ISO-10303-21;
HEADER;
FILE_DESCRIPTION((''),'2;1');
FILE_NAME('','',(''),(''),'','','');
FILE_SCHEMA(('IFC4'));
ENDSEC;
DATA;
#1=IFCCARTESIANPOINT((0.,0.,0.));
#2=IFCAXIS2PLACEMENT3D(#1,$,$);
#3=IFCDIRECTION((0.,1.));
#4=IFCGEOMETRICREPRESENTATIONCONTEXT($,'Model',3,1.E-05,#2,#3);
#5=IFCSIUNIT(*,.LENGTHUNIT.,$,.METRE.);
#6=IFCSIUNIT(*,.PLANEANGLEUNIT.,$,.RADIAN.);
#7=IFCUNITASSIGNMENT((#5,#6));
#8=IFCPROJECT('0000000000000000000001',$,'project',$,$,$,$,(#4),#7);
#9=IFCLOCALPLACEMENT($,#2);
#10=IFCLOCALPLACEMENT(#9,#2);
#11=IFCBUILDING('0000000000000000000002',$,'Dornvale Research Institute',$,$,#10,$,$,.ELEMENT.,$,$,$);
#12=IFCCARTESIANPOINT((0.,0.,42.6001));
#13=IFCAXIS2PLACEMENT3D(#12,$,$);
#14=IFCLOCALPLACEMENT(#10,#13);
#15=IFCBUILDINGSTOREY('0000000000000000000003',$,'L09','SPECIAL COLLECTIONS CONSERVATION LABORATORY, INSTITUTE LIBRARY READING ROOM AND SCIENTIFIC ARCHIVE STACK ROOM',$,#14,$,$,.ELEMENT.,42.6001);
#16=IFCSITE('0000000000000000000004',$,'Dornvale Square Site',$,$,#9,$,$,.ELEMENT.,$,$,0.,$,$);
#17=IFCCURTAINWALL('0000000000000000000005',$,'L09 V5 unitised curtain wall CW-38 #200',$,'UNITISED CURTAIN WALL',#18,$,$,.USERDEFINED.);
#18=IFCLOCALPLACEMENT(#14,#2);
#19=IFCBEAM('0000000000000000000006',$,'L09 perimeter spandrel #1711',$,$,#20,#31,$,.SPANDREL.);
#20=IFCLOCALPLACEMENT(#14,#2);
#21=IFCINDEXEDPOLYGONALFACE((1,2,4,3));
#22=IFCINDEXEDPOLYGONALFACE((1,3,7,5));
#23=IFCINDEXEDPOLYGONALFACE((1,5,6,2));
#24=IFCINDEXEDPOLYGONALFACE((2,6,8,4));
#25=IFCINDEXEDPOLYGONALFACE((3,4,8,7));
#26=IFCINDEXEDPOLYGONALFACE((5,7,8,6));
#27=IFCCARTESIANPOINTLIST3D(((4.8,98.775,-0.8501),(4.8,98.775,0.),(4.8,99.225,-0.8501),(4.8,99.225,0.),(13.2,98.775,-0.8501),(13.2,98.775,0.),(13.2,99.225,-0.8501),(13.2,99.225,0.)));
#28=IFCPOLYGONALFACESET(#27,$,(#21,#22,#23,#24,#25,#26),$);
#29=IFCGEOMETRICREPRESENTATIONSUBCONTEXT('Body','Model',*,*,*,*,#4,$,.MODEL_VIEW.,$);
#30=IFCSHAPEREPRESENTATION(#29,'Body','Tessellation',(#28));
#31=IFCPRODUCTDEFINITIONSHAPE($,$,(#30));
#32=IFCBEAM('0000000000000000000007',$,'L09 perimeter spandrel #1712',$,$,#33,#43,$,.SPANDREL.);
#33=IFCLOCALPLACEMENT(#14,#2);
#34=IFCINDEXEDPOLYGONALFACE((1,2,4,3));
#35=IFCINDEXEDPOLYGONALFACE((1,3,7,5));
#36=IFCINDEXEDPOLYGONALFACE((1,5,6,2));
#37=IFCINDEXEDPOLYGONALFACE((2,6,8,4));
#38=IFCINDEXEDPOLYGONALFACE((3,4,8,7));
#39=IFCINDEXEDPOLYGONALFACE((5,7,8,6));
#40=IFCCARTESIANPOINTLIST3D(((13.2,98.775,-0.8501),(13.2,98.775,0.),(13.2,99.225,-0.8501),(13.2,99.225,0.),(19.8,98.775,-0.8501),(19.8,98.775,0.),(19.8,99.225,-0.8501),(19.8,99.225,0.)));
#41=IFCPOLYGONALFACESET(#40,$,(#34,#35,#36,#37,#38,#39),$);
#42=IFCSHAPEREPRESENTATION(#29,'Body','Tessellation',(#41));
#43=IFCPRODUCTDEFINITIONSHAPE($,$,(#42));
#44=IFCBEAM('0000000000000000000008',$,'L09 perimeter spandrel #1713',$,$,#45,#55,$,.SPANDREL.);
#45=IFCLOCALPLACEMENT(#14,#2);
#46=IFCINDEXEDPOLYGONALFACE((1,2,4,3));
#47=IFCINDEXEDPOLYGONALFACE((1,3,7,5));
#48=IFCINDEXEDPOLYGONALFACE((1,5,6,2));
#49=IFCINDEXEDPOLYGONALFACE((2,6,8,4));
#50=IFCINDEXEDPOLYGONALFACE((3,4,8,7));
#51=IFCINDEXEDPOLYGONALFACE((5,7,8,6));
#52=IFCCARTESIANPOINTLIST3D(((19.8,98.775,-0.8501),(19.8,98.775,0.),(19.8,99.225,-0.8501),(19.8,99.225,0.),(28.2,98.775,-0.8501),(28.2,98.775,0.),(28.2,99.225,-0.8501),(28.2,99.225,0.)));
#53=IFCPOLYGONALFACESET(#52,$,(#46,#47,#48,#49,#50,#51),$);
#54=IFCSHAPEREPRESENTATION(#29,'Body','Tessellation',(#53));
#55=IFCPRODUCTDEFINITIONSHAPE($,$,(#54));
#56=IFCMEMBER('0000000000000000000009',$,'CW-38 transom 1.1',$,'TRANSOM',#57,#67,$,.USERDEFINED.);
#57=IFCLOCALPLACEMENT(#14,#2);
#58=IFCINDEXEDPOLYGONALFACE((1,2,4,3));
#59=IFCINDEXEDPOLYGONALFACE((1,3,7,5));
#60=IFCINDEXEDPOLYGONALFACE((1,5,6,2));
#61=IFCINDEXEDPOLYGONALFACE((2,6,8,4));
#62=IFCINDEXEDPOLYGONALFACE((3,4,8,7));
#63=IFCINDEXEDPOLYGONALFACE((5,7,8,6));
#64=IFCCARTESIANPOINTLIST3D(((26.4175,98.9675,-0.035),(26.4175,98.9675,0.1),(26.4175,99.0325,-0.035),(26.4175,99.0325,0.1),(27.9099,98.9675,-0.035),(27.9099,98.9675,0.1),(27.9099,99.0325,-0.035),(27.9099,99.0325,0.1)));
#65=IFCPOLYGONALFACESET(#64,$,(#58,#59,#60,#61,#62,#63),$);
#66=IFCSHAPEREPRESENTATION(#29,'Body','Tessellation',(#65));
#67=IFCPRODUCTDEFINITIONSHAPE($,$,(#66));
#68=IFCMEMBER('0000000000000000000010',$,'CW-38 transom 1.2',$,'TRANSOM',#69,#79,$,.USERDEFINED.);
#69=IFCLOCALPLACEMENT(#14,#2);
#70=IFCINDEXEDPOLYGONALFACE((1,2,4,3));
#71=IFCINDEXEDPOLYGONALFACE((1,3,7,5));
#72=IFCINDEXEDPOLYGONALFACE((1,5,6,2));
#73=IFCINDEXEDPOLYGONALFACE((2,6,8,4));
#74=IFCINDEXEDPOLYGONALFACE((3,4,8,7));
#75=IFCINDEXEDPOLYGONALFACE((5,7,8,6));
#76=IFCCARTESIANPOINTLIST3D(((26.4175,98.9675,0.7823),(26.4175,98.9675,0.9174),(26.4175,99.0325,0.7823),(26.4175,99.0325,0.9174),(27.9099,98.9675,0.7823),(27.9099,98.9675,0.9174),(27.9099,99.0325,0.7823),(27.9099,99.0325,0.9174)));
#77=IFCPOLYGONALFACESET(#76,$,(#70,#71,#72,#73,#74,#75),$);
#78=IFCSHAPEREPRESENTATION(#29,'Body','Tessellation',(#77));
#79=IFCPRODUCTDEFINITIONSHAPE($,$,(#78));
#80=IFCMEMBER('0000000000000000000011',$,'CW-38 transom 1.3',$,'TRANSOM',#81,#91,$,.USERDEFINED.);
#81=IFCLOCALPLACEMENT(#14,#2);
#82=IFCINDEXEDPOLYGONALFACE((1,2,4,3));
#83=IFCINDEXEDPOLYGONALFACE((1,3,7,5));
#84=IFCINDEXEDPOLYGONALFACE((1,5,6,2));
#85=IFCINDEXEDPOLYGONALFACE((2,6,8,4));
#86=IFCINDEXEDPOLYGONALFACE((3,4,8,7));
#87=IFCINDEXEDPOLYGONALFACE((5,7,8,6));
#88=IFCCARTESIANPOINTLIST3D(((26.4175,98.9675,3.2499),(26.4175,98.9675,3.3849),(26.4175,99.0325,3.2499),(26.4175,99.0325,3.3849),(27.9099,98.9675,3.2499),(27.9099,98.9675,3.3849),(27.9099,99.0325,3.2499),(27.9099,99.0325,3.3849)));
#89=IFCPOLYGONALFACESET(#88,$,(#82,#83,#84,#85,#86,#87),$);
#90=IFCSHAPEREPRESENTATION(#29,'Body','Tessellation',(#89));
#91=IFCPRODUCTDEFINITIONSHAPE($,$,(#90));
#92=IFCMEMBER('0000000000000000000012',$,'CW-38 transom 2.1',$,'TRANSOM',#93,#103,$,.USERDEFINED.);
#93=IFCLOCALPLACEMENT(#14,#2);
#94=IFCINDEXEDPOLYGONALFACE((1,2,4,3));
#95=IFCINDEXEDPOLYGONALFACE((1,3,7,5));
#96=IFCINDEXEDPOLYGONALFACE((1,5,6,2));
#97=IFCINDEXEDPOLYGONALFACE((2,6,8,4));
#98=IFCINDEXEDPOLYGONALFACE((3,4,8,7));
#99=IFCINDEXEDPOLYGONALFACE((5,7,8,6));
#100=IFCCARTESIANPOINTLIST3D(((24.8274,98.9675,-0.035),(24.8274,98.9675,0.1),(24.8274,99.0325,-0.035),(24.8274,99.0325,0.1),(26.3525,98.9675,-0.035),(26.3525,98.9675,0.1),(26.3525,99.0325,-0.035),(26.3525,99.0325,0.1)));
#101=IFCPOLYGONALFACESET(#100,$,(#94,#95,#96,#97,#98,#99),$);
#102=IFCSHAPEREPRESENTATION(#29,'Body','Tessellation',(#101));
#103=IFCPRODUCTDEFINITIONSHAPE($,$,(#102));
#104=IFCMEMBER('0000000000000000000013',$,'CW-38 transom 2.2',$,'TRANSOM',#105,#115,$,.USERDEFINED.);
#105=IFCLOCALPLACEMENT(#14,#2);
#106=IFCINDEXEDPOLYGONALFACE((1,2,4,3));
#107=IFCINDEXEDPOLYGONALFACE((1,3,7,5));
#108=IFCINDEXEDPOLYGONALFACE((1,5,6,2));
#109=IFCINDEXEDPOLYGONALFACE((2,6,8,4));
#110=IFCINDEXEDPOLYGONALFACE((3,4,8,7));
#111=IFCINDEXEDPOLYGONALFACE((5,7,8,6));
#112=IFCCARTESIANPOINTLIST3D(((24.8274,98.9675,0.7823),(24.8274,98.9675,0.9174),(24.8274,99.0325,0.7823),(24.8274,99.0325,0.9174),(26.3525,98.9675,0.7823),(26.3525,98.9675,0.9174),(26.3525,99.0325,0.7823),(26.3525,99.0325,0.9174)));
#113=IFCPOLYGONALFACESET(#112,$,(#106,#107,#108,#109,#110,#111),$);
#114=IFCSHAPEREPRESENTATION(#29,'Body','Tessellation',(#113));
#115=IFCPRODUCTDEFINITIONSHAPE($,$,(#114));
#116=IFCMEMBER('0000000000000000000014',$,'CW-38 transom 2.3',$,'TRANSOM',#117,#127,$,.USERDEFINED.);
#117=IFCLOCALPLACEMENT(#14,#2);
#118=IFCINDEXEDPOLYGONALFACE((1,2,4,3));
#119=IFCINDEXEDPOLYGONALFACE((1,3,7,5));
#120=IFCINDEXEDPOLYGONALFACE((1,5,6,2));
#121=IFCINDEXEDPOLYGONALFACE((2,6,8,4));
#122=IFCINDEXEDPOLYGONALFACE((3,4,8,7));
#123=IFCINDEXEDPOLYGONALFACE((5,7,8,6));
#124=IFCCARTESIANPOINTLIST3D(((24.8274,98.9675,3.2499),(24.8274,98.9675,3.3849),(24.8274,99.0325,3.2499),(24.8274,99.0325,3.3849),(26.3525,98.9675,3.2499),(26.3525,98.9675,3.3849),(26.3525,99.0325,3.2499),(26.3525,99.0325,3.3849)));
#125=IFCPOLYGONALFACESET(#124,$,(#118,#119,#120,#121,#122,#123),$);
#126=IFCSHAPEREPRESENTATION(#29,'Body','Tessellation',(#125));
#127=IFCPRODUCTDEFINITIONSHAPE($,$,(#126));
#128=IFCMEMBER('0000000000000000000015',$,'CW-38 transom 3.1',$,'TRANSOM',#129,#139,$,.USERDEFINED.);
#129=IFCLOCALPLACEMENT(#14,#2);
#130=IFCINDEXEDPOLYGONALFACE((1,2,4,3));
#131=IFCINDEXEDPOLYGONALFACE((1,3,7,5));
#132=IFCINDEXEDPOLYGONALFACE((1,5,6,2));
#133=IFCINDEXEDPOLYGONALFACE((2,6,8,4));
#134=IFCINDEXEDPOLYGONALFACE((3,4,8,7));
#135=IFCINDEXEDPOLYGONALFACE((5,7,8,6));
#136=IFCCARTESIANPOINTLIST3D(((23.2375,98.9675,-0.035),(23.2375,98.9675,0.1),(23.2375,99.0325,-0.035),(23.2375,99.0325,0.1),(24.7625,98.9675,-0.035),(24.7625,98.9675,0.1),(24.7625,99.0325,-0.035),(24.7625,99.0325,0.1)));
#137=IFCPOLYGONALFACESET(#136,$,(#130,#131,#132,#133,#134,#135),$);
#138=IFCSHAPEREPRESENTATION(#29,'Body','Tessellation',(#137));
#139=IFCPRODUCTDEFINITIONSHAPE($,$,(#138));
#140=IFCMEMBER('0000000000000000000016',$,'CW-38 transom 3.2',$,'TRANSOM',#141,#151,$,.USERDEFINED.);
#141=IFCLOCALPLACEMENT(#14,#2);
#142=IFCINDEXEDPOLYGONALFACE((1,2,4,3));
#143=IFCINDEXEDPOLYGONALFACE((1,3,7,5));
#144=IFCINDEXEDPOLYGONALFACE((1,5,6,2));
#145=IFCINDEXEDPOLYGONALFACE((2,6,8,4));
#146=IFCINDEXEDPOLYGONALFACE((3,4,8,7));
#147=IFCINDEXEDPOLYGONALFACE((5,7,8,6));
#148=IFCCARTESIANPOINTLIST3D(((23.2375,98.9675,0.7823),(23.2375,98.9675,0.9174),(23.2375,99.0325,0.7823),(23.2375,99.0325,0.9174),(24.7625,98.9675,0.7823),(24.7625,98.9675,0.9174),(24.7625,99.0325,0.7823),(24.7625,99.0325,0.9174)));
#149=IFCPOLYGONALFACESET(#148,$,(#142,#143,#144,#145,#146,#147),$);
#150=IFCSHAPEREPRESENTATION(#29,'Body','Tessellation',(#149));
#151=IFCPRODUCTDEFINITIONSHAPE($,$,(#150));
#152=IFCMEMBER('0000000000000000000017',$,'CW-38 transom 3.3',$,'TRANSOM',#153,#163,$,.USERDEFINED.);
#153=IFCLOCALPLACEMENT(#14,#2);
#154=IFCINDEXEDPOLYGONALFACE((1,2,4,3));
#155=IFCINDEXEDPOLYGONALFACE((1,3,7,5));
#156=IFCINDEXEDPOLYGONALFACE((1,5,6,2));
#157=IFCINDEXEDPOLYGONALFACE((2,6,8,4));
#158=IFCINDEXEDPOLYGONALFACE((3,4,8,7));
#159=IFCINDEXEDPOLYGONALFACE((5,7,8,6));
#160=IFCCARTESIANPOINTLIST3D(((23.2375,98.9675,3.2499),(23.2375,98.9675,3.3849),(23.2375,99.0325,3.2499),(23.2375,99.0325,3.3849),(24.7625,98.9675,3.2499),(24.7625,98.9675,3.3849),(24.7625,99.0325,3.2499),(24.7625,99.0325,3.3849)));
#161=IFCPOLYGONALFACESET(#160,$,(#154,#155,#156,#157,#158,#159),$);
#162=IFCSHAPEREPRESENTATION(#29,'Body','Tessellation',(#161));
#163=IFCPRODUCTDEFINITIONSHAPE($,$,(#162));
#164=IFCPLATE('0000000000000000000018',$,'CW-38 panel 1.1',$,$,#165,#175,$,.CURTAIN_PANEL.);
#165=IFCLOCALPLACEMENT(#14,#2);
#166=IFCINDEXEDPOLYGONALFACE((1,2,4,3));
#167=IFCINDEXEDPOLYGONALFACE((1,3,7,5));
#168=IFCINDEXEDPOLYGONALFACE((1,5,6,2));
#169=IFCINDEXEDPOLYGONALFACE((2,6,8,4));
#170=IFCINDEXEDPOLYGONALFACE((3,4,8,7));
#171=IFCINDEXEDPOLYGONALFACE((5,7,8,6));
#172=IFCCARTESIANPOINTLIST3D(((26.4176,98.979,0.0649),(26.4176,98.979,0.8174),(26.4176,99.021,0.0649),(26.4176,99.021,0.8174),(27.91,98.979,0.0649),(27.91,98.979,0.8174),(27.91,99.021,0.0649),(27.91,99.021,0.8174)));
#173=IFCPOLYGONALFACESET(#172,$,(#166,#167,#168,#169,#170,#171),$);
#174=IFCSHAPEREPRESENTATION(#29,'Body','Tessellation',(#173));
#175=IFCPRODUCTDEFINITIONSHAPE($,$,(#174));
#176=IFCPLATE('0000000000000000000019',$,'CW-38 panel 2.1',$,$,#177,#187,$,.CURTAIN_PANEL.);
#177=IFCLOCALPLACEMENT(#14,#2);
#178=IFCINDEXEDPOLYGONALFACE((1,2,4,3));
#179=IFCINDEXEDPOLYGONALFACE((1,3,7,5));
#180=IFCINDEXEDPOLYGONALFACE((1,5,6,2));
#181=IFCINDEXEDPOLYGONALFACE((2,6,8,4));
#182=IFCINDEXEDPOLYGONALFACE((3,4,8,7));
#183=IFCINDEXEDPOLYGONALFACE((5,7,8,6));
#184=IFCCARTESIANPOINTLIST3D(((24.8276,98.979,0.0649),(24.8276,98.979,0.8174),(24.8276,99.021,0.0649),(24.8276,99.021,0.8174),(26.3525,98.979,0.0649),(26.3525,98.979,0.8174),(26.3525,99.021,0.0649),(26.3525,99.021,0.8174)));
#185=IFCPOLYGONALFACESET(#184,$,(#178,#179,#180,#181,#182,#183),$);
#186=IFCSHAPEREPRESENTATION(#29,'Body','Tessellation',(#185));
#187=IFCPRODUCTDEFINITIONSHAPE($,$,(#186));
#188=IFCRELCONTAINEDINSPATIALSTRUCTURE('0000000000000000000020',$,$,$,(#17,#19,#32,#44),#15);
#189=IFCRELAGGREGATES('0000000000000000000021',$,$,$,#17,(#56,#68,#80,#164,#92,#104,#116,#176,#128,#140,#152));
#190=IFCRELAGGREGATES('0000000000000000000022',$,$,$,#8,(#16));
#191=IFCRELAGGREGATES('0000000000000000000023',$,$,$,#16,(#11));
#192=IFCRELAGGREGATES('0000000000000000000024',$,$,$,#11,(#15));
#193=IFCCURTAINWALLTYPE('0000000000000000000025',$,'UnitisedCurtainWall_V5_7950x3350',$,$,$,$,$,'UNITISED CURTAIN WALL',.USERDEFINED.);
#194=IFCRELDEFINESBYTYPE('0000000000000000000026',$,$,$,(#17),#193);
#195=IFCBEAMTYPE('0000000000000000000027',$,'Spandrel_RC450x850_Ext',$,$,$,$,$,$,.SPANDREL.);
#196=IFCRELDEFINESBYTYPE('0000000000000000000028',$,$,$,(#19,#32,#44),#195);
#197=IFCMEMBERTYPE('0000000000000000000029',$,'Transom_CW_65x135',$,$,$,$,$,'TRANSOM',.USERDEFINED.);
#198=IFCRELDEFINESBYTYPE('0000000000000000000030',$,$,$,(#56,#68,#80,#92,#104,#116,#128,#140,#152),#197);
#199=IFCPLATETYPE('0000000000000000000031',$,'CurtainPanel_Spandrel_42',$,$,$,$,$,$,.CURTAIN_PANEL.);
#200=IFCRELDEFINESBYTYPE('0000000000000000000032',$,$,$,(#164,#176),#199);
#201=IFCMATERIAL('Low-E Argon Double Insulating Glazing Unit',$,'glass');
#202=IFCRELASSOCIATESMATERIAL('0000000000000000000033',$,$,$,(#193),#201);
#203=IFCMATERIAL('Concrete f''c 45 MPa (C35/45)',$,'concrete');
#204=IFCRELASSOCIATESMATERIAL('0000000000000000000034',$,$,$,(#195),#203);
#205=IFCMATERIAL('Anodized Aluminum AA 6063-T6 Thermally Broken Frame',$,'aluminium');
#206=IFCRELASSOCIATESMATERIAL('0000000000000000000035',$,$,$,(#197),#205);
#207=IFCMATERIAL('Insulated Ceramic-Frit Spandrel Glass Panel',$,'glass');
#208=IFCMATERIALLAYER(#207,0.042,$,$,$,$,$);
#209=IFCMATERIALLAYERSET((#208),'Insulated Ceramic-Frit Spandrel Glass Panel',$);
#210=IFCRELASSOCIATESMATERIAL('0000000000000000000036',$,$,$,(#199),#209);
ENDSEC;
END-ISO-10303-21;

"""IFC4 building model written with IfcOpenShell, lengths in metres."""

from ifc_helpers import new_model, si_unit, direction, frame, origin, origin_2d, place, context, subcontext, project, spatial, rectangle, extrude, material, layer, layer_set, material_profile, profile_set, type_object, element, aggregate, save


model = new_model("IFC4")

# Units and contexts
model_context = context("Model", 3, precision=1e-05, world=origin(), true_north=direction((0.0, 1.0)))
body_context = subcontext(model_context, "Body", "Model", "MODEL_VIEW")
ifc_project = project(units=[si_unit("LENGTHUNIT", "METRE"), si_unit("PLANEANGLEUNIT", "RADIAN")], contexts=[model_context])

# Site, building, storey
site_placement = place(None, origin())
site = spatial("IfcSite", under=ifc_project, at=site_placement, Name="Dornvale Square Site", CompositionType="ELEMENT", RefElevation=0.0)
building_placement = place(site_placement, origin())
building = spatial("IfcBuilding", under=site, at=building_placement, Name="Dornvale Research Institute", CompositionType="ELEMENT")
storey_placement = place(building_placement, frame((0.0, 0.0, 42.6001)))
storey = spatial("IfcBuildingStorey", under=building, at=storey_placement, Name="L09", Description="SPECIAL COLLECTIONS CONSERVATION LABORATORY, INSTITUTE LIBRARY READING ROOM AND SCIENTIFIC ARCHIVE STACK ROOM", CompositionType="ELEMENT", Elevation=42.6001)

# Curtain wall
ifc_material_1 = material(Name="Low-E Argon Double Insulating Glazing Unit", Category="glass")
curtain_wall_type = type_object("IfcCurtainWallType", Name="UnitisedCurtainWall_V5_7950x3350", ElementType="UNITISED CURTAIN WALL", PredefinedType="USERDEFINED", material=ifc_material_1)
curtain_wall_placement = place(storey_placement, origin())
curtain_wall = element("IfcCurtainWall", 1, at=curtain_wall_placement, inside=storey, type_object=curtain_wall_type, Name="L09 V5 unitised curtain wall CW-38 #200", ObjectType="UNITISED CURTAIN WALL", PredefinedType="USERDEFINED")

# Beams
ifc_material_2 = material(Name="Concrete f'c 45 MPa (C35/45)", Category="concrete")
ifc_material_profile_1 = material_profile(ifc_material_2, rectangle(XDim=0.45, YDim=0.8501, at=origin_2d()), Name="RC 450x850")
ifc_profile_set_1 = profile_set([ifc_material_profile_1], Name="Concrete f'c 45 MPa (C35/45)")
beam_type_1 = type_object("IfcBeamType", Name="Spandrel_RC450x850_Ext", PredefinedType="SPANDREL", material=ifc_profile_set_1)
beam_1_placement = place(storey_placement, frame((4.8, 99.0, -0.425), z_axis=(1.0, 0.0, 0.0), x_axis=(0.0, 1.0, 0.0)))
element("IfcBeam", 2, at=beam_1_placement, inside=storey, type_object=beam_type_1, Name="L09 perimeter spandrel #1711", PredefinedType="SPANDREL", context=body_context, shape_type="SweptSolid", body=[
    extrude(rectangle(XDim=0.45, YDim=0.8501, at=origin_2d()), origin(), (0.0, 0.0, 1.0), 8.3999),
])
beam_2_placement = place(storey_placement, frame((13.2, 99.0, -0.425), z_axis=(1.0, 0.0, 0.0), x_axis=(0.0, 1.0, 0.0)))
element("IfcBeam", 3, at=beam_2_placement, inside=storey, type_object=beam_type_1, Name="L09 perimeter spandrel #1712", PredefinedType="SPANDREL", context=body_context, shape_type="SweptSolid", body=[
    extrude(rectangle(XDim=0.45, YDim=0.8501, at=origin_2d()), origin(), (0.0, 0.0, 1.0), 6.6001),
])
beam_3_placement = place(storey_placement, frame((19.8, 99.0, -0.425), z_axis=(1.0, 0.0, 0.0), x_axis=(0.0, 1.0, 0.0)))
element("IfcBeam", 4, at=beam_3_placement, inside=storey, type_object=beam_type_1, Name="L09 perimeter spandrel #1713", PredefinedType="SPANDREL", context=body_context, shape_type="SweptSolid", body=[
    extrude(rectangle(XDim=0.45, YDim=0.8501, at=origin_2d()), origin(), (0.0, 0.0, 1.0), 8.3999),
])

# Members
ifc_material_3 = material(Name="Anodized Aluminum AA 6063-T6 Thermally Broken Frame", Category="aluminium")
ifc_material_profile_2 = material_profile(ifc_material_3, rectangle(XDim=0.0649, YDim=0.135, at=origin_2d()), Name="ALU TRANSOM 65x135")
ifc_profile_set_2 = profile_set([ifc_material_profile_2], Name="Anodized Aluminum AA 6063-T6 Thermally Broken Frame")
member_type_1 = type_object("IfcMemberType", Name="Transom_CW_65x135", ElementType="TRANSOM", PredefinedType="USERDEFINED", material=ifc_profile_set_2)
member_1_placement = place(storey_placement, frame((27.9099, 99.0, 0.0325), z_axis=(-1.0, 0.0, 0.0), x_axis=(0.0, -1.0, 0.0)))
member_1 = element("IfcMember", 5, at=member_1_placement, type_object=member_type_1, Name="CW-38 transom 1.1", ObjectType="TRANSOM", PredefinedType="USERDEFINED", context=body_context, shape_type="SweptSolid", body=[
    extrude(rectangle(XDim=0.0649, YDim=0.135, at=origin_2d()), origin(), (0.0, 0.0, 1.0), 1.4924),
])
member_2_placement = place(storey_placement, frame((27.9099, 99.0, 0.8499), z_axis=(-1.0, 0.0, 0.0), x_axis=(0.0, -1.0, 0.0)))
member_2 = element("IfcMember", 6, at=member_2_placement, type_object=member_type_1, Name="CW-38 transom 1.2", ObjectType="TRANSOM", PredefinedType="USERDEFINED", context=body_context, shape_type="SweptSolid", body=[
    extrude(rectangle(XDim=0.0649, YDim=0.135, at=origin_2d()), origin(), (0.0, 0.0, 1.0), 1.4924),
])
member_3_placement = place(storey_placement, frame((27.9099, 99.0, 3.3174), z_axis=(-1.0, 0.0, 0.0), x_axis=(0.0, -1.0, 0.0)))
member_3 = element("IfcMember", 7, at=member_3_placement, type_object=member_type_1, Name="CW-38 transom 1.3", ObjectType="TRANSOM", PredefinedType="USERDEFINED", context=body_context, shape_type="SweptSolid", body=[
    extrude(rectangle(XDim=0.0649, YDim=0.135, at=origin_2d()), origin(), (0.0, 0.0, 1.0), 1.4924),
])
member_4_placement = place(storey_placement, frame((26.3525, 99.0, 0.0325), z_axis=(-1.0, 0.0, 0.0), x_axis=(0.0, -1.0, 0.0)))
member_4 = element("IfcMember", 8, at=member_4_placement, type_object=member_type_1, Name="CW-38 transom 2.1", ObjectType="TRANSOM", PredefinedType="USERDEFINED", context=body_context, shape_type="SweptSolid", body=[
    extrude(rectangle(XDim=0.0649, YDim=0.135, at=origin_2d()), origin(), (0.0, 0.0, 1.0), 1.5251),
])
member_5_placement = place(storey_placement, frame((26.3525, 99.0, 0.8499), z_axis=(-1.0, 0.0, 0.0), x_axis=(0.0, -1.0, 0.0)))
member_5 = element("IfcMember", 9, at=member_5_placement, type_object=member_type_1, Name="CW-38 transom 2.2", ObjectType="TRANSOM", PredefinedType="USERDEFINED", context=body_context, shape_type="SweptSolid", body=[
    extrude(rectangle(XDim=0.0649, YDim=0.135, at=origin_2d()), origin(), (0.0, 0.0, 1.0), 1.5251),
])
member_6_placement = place(storey_placement, frame((26.3525, 99.0, 3.3174), z_axis=(-1.0, 0.0, 0.0), x_axis=(0.0, -1.0, 0.0)))
member_6 = element("IfcMember", 10, at=member_6_placement, type_object=member_type_1, Name="CW-38 transom 2.3", ObjectType="TRANSOM", PredefinedType="USERDEFINED", context=body_context, shape_type="SweptSolid", body=[
    extrude(rectangle(XDim=0.0649, YDim=0.135, at=origin_2d()), origin(), (0.0, 0.0, 1.0), 1.5251),
])
member_7_placement = place(storey_placement, frame((24.7625, 99.0, 0.0325), z_axis=(-1.0, 0.0, 0.0), x_axis=(0.0, -1.0, 0.0)))
member_7 = element("IfcMember", 11, at=member_7_placement, type_object=member_type_1, Name="CW-38 transom 3.1", ObjectType="TRANSOM", PredefinedType="USERDEFINED", context=body_context, shape_type="SweptSolid", body=[
    extrude(rectangle(XDim=0.0649, YDim=0.135, at=origin_2d()), origin(), (0.0, 0.0, 1.0), 1.5249),
])
member_8_placement = place(storey_placement, frame((24.7625, 99.0, 0.8499), z_axis=(-1.0, 0.0, 0.0), x_axis=(0.0, -1.0, 0.0)))
member_8 = element("IfcMember", 12, at=member_8_placement, type_object=member_type_1, Name="CW-38 transom 3.2", ObjectType="TRANSOM", PredefinedType="USERDEFINED", context=body_context, shape_type="SweptSolid", body=[
    extrude(rectangle(XDim=0.0649, YDim=0.135, at=origin_2d()), origin(), (0.0, 0.0, 1.0), 1.5249),
])
member_9_placement = place(storey_placement, frame((24.7625, 99.0, 3.3174), z_axis=(-1.0, 0.0, 0.0), x_axis=(0.0, -1.0, 0.0)))
member_9 = element("IfcMember", 13, at=member_9_placement, type_object=member_type_1, Name="CW-38 transom 3.3", ObjectType="TRANSOM", PredefinedType="USERDEFINED", context=body_context, shape_type="SweptSolid", body=[
    extrude(rectangle(XDim=0.0649, YDim=0.135, at=origin_2d()), origin(), (0.0, 0.0, 1.0), 1.5249),
])

# Plates
ifc_material_4 = material(Name="Insulated Ceramic-Frit Spandrel Glass Panel", Category="glass")
ifc_layer_1 = layer(ifc_material_4, 0.042)
ifc_layer_set_1 = layer_set([ifc_layer_1], Name="Insulated Ceramic-Frit Spandrel Glass Panel")
plate_type_1 = type_object("IfcPlateType", Name="CurtainPanel_Spandrel_42", PredefinedType="CURTAIN_PANEL", material=ifc_layer_set_1)
plate_1_placement = place(storey_placement, frame((27.1638, 99.0, 0.0649), z_axis=(0.0, 0.0, 1.0), x_axis=(-1.0, 0.0, 0.0)))
plate_1 = element("IfcPlate", 14, at=plate_1_placement, type_object=plate_type_1, Name="CW-38 panel 1.1", PredefinedType="CURTAIN_PANEL", context=body_context, shape_type="SweptSolid", body=[
    extrude(rectangle(XDim=1.4924, YDim=0.042, at=origin_2d()), origin(), (0.0, 0.0, 1.0), 0.7524),
])
plate_2_placement = place(storey_placement, frame((25.5901, 99.0, 0.0649), z_axis=(0.0, 0.0, 1.0), x_axis=(-1.0, 0.0, 0.0)))
plate_2 = element("IfcPlate", 15, at=plate_2_placement, type_object=plate_type_1, Name="CW-38 panel 2.1", PredefinedType="CURTAIN_PANEL", context=body_context, shape_type="SweptSolid", body=[
    extrude(rectangle(XDim=1.5249, YDim=0.042, at=origin_2d()), origin(), (0.0, 0.0, 1.0), 0.7524),
])
aggregate(curtain_wall, [member_1, member_2, member_3, plate_1, member_4, member_5, member_6, plate_2, member_7, member_8, member_9])

save(model, "model.ifc")
